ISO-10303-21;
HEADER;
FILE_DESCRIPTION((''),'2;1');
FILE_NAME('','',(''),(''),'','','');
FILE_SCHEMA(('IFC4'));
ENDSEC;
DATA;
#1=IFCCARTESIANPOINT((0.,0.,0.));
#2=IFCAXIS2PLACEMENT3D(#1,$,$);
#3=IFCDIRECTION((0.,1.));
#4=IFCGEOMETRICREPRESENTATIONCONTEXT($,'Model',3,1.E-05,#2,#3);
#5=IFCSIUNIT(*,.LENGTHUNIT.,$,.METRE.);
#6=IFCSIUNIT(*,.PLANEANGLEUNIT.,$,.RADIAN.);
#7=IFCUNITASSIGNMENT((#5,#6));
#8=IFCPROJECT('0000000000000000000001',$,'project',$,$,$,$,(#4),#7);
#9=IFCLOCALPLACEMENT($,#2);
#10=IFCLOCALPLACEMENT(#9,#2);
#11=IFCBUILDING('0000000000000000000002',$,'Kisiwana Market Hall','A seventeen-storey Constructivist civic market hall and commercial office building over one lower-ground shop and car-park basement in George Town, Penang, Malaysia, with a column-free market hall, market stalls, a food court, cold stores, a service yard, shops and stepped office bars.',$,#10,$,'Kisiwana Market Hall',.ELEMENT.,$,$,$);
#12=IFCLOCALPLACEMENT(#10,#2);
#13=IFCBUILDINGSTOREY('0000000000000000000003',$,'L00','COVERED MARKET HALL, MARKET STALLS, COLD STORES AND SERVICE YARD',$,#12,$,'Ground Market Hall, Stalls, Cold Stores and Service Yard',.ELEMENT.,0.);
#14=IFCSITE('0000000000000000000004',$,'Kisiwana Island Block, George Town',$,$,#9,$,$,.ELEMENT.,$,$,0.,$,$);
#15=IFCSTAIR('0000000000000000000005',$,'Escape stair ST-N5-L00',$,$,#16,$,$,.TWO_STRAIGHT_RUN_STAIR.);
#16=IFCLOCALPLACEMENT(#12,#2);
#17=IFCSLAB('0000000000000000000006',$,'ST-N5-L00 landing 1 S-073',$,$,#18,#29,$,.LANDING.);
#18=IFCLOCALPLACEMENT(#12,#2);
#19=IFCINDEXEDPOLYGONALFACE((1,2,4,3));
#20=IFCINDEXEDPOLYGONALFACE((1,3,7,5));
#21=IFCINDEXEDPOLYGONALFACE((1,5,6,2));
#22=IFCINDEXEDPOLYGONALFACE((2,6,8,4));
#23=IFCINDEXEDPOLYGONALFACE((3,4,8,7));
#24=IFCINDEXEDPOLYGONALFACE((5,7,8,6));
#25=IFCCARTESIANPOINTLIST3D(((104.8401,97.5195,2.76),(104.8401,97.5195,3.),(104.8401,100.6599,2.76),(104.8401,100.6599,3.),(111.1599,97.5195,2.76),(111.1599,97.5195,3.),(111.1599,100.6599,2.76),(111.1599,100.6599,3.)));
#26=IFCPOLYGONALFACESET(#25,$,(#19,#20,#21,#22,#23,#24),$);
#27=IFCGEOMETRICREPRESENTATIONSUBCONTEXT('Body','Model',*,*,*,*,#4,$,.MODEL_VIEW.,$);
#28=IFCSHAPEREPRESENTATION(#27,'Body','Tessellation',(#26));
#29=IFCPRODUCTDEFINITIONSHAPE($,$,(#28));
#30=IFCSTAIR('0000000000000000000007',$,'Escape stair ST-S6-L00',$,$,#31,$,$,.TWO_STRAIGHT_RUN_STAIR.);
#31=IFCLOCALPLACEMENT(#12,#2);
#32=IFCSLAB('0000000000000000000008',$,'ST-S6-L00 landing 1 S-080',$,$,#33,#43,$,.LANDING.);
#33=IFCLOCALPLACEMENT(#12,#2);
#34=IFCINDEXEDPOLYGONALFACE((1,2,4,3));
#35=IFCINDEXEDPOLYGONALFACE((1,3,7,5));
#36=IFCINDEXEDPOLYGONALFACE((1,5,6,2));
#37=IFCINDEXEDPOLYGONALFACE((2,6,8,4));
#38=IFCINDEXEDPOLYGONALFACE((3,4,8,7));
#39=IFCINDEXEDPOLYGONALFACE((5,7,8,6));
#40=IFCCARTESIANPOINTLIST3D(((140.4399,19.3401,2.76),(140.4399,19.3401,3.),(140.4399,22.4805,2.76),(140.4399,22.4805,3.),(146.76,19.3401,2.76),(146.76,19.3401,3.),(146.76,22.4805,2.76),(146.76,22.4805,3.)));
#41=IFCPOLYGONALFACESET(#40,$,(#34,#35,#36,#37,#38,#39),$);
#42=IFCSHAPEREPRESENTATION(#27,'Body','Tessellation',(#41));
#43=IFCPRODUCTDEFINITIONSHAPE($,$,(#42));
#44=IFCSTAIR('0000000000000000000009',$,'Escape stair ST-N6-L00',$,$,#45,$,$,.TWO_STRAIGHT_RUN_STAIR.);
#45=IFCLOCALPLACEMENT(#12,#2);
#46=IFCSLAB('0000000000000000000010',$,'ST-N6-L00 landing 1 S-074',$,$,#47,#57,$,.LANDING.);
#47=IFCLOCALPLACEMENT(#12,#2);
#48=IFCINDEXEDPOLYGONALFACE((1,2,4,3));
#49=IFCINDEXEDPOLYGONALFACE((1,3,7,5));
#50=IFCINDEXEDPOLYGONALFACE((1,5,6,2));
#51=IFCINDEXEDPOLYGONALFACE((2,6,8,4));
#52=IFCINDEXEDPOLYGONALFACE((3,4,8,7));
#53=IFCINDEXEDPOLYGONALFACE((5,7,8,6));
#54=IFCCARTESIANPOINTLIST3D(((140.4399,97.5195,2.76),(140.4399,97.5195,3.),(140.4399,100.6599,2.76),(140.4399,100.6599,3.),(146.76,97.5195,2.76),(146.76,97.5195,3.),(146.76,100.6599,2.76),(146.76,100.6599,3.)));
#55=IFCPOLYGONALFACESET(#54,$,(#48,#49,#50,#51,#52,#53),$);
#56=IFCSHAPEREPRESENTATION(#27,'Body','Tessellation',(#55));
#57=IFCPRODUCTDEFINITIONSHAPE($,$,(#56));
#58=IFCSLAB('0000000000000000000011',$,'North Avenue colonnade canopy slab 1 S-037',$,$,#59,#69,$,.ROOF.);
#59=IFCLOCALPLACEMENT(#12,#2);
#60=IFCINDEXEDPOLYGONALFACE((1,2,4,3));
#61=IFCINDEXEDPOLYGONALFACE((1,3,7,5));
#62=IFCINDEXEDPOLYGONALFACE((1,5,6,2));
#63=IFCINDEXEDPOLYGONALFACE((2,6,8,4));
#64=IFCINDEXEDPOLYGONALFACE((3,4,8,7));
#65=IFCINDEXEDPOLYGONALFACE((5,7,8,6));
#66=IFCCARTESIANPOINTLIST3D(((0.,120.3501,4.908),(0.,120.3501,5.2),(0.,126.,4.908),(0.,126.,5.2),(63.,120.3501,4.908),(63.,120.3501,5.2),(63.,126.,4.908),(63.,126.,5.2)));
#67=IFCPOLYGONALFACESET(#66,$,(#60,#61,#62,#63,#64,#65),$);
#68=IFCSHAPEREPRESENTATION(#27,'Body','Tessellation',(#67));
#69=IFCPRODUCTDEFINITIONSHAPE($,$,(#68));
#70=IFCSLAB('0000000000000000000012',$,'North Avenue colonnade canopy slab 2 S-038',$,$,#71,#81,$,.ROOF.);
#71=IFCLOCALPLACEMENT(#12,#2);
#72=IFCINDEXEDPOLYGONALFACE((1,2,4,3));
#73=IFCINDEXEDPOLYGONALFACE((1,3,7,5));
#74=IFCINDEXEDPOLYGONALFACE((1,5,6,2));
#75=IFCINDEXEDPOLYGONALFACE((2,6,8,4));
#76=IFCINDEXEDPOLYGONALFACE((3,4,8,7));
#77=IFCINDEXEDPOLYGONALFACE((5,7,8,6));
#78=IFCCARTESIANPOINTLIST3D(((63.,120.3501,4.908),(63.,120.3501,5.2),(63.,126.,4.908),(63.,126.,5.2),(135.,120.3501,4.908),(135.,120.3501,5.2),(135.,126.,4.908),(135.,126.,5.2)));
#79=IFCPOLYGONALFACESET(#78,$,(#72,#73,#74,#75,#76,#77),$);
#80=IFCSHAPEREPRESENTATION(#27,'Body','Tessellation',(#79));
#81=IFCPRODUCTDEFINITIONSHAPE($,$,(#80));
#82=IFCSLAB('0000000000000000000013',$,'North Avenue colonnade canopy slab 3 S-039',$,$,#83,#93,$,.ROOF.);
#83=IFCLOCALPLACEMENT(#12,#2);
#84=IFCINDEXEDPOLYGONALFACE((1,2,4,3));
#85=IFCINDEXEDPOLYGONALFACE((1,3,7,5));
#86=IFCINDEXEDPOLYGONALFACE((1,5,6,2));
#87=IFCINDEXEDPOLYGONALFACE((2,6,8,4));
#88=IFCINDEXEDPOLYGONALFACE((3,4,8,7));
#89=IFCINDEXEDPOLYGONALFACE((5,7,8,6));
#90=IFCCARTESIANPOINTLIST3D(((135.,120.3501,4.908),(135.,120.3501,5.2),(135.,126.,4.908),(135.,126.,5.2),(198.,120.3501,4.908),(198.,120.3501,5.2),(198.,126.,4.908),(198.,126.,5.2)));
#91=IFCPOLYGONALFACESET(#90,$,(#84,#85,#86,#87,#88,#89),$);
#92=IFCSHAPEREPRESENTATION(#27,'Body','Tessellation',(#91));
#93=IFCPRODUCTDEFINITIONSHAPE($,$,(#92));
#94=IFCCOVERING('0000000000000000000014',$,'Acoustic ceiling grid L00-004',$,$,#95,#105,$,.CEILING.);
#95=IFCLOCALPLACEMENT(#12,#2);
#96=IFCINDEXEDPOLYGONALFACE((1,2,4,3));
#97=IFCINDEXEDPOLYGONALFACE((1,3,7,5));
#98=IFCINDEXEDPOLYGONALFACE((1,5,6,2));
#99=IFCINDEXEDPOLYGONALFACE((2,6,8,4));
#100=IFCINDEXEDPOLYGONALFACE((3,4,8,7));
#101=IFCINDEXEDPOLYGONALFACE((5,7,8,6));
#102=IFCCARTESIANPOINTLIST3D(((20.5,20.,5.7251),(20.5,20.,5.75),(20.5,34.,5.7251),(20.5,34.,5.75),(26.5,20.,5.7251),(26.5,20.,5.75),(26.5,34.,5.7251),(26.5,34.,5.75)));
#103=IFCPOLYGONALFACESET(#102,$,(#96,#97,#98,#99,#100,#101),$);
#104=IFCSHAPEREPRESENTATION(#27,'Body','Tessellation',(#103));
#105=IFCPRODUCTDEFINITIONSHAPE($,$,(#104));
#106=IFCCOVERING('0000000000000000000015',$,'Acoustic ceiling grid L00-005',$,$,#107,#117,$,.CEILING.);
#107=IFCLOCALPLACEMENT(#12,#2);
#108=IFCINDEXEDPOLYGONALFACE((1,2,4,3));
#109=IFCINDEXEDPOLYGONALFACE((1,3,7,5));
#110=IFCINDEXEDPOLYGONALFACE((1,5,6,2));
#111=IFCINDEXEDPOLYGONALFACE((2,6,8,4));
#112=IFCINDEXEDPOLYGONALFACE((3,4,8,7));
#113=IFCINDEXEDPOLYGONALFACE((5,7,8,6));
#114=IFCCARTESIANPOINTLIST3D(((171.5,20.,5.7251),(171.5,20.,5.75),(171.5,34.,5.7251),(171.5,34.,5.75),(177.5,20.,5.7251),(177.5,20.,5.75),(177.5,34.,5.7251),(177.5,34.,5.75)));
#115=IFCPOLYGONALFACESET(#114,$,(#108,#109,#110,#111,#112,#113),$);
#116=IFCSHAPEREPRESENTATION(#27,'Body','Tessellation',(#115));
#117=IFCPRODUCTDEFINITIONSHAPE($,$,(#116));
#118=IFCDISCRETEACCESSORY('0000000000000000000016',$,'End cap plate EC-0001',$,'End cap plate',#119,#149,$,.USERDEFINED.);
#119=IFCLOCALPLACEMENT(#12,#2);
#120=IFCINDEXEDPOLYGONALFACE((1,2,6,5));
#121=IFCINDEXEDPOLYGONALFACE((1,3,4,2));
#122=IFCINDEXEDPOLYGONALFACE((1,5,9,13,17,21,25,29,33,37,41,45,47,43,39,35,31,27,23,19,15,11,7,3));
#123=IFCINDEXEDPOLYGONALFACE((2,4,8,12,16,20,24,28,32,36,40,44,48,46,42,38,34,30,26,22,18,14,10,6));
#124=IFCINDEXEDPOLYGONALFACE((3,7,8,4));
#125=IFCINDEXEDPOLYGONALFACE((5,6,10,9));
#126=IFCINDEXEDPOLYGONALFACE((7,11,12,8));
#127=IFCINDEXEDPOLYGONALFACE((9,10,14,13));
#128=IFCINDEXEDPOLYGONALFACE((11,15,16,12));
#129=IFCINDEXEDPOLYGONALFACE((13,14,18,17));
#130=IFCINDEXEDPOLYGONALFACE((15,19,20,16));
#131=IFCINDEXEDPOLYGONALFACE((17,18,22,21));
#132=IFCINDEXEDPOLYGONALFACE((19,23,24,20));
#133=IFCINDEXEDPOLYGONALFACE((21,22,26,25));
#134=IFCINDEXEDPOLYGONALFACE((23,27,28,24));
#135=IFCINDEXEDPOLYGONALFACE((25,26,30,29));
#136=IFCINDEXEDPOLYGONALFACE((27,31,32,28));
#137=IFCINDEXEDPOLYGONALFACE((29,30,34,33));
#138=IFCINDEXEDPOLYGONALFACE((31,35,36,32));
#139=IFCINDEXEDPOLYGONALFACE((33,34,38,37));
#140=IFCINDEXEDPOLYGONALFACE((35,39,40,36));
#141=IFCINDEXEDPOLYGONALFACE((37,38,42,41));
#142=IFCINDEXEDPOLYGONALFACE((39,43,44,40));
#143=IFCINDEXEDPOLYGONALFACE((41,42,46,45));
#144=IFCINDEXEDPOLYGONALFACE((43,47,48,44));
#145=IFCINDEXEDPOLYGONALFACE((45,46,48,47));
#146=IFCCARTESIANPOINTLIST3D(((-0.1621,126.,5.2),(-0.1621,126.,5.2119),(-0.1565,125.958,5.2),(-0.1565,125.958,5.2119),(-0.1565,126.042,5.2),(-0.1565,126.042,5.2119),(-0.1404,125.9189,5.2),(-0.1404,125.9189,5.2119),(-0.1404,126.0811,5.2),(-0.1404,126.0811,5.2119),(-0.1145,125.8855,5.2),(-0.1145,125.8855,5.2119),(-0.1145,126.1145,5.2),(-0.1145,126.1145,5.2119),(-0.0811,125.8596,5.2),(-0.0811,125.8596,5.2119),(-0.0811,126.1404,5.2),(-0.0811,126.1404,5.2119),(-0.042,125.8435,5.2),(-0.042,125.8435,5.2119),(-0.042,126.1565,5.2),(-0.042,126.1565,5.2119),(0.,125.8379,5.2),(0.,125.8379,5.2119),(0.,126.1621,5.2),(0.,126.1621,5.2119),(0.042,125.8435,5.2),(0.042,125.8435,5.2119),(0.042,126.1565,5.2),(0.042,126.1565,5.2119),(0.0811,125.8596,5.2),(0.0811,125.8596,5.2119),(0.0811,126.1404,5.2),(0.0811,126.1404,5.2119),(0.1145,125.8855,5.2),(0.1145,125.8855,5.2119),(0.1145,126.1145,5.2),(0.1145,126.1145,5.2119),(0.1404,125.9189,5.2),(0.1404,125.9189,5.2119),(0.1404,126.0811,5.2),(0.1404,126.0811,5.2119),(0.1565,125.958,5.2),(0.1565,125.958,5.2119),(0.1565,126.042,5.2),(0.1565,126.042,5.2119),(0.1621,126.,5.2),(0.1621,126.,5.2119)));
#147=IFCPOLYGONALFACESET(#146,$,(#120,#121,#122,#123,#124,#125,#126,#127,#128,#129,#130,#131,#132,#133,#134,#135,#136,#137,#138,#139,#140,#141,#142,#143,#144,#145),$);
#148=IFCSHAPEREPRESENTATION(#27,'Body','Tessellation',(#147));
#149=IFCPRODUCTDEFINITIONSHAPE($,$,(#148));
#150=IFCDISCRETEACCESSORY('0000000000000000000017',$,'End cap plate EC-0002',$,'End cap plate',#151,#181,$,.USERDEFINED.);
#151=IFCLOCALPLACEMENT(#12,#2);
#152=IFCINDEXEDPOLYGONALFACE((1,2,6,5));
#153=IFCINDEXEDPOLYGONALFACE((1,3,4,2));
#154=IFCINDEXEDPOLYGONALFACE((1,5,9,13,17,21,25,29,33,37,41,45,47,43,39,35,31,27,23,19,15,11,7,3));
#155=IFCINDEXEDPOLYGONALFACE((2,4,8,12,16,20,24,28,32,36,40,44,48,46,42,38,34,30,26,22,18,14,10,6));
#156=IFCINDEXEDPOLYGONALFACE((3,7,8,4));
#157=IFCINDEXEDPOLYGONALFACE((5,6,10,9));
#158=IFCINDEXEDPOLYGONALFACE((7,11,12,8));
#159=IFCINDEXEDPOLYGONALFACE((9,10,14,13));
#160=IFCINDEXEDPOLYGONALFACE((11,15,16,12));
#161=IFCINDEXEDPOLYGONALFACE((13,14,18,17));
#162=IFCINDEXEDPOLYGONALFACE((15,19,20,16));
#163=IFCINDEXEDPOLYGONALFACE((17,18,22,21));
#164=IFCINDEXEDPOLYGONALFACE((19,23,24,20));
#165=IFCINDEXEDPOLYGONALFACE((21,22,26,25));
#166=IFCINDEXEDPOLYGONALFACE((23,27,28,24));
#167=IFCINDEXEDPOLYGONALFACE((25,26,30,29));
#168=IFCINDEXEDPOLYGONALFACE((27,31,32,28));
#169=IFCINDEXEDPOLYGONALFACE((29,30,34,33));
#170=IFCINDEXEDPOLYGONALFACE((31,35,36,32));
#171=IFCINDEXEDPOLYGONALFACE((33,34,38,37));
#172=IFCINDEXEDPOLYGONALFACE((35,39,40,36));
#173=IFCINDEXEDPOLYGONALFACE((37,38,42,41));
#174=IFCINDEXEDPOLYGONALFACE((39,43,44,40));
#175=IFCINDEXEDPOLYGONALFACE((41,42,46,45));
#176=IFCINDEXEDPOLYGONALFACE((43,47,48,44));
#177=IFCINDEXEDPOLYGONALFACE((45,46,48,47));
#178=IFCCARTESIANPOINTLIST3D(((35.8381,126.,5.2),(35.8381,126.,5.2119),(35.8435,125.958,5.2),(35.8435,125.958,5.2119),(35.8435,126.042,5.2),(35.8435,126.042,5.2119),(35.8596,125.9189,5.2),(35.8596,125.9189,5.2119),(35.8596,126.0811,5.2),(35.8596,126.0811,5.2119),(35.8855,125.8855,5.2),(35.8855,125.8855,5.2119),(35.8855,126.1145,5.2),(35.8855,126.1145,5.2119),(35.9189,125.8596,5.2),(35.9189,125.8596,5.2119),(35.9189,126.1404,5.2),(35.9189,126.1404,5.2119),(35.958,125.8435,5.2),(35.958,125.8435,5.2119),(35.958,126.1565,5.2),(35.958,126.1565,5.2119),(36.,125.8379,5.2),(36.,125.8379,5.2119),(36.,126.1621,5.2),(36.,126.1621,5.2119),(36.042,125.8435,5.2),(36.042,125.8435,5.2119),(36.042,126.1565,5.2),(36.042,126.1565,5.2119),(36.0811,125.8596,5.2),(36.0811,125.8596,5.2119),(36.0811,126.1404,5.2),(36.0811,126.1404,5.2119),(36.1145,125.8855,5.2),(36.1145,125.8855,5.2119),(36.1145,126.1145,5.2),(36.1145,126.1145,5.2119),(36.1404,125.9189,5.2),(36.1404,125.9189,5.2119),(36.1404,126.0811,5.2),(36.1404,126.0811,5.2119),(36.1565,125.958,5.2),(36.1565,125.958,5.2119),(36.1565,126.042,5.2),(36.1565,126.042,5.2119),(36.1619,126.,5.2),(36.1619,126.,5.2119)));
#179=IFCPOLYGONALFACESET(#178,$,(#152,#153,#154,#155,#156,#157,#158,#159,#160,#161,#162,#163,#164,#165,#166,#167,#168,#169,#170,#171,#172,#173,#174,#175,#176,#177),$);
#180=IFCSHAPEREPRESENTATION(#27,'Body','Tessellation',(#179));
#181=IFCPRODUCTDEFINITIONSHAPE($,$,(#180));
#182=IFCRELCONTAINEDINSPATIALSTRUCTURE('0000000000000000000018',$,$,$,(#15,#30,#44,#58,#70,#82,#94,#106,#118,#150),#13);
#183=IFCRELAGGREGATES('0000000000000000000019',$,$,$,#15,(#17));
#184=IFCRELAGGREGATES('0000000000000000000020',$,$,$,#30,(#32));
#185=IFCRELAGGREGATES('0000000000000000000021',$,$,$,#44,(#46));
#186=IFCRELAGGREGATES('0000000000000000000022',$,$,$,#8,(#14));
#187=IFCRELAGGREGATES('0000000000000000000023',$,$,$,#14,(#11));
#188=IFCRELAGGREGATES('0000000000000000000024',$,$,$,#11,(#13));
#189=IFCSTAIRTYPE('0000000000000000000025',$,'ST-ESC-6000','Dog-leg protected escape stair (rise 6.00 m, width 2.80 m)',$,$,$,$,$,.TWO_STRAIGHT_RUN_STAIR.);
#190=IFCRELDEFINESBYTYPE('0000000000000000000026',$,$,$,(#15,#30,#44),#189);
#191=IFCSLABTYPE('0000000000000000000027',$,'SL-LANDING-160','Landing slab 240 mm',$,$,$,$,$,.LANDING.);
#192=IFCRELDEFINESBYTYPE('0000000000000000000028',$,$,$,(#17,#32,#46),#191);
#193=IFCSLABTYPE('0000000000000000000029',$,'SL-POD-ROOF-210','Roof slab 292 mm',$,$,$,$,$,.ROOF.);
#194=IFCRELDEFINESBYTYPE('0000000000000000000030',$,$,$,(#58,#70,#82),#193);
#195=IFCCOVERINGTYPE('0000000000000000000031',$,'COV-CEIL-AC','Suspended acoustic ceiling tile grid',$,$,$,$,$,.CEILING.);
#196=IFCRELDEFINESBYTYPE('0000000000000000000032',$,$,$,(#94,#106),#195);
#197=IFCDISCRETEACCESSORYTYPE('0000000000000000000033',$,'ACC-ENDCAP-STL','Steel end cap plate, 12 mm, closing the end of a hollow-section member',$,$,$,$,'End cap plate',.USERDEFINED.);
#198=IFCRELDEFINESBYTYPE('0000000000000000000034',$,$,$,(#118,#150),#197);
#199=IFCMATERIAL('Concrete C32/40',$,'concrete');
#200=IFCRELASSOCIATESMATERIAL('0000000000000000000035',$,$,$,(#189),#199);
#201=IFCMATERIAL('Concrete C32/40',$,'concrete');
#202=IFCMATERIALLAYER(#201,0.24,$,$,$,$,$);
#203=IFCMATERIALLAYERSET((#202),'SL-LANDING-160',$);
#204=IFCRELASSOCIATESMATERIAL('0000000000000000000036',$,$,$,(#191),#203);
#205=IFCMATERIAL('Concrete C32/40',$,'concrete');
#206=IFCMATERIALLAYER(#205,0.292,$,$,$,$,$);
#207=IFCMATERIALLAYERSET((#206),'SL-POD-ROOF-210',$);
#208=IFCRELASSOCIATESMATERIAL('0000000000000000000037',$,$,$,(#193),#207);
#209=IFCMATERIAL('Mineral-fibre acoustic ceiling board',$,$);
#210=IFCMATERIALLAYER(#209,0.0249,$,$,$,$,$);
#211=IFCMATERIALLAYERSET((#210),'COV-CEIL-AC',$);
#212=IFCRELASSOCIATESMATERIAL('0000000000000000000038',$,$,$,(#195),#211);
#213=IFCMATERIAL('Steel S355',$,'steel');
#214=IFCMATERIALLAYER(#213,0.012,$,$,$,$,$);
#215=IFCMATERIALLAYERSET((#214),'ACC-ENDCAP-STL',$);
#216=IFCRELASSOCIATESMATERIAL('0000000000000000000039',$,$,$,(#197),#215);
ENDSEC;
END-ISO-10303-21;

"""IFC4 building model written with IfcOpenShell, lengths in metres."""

from ifc_helpers import new_model, si_unit, direction, frame, origin, place, context, subcontext, project, spatial, polyline, outline, extrude, material, layer, layer_set, type_object, element, aggregate, save


model = new_model("IFC4")

# Units and contexts
model_context = context("Model", 3, precision=1e-05, world=origin(), true_north=direction((0.0, 1.0)))
body_context = subcontext(model_context, "Body", "Model", "MODEL_VIEW")
ifc_project = project(units=[si_unit("LENGTHUNIT", "METRE"), si_unit("PLANEANGLEUNIT", "RADIAN")], contexts=[model_context])

# Site, building, storey
site_placement = place(None, origin())
site = spatial("IfcSite", under=ifc_project, at=site_placement, Name="Kisiwana Island Block, George Town", CompositionType="ELEMENT", RefElevation=0.0)
building_placement = place(site_placement, origin())
building = spatial("IfcBuilding", under=site, at=building_placement, Name="Kisiwana Market Hall", Description="A seventeen-storey Constructivist civic market hall and commercial office building over one lower-ground shop and car-park basement in George Town, Penang, Malaysia, with a column-free market hall, market stalls, a food court, cold stores, a service yard, shops and stepped office bars.", LongName="Kisiwana Market Hall", CompositionType="ELEMENT")
storey_placement = place(building_placement, origin())
storey = spatial("IfcBuildingStorey", under=building, at=storey_placement, Name="L00", Description="COVERED MARKET HALL, MARKET STALLS, COLD STORES AND SERVICE YARD", LongName="Ground Market Hall, Stalls, Cold Stores and Service Yard", CompositionType="ELEMENT", Elevation=0.0)

# Stairs, slabs
ifc_material_1 = material(Name="Concrete C32/40", Category="concrete")
stair_type = type_object("IfcStairType", Name="ST-ESC-6000", Description="Dog-leg protected escape stair (rise 6.00 m, width 2.80 m)", PredefinedType="TWO_STRAIGHT_RUN_STAIR", material=ifc_material_1)
ifc_material_2 = material(Name="Concrete C32/40", Category="concrete")
ifc_layer_1 = layer(ifc_material_2, 0.24)
ifc_layer_set_1 = layer_set([ifc_layer_1], Name="SL-LANDING-160")
slab_type_1 = type_object("IfcSlabType", Name="SL-LANDING-160", Description="Landing slab 240 mm", PredefinedType="LANDING", material=ifc_layer_set_1)
stair_1_placement = place(storey_placement, origin())
stair_1 = element("IfcStair", 1, at=stair_1_placement, inside=storey, type_object=stair_type, Name="Escape stair ST-N5-L00", PredefinedType="TWO_STRAIGHT_RUN_STAIR")
slab_1_placement = place(storey_placement, frame((0.0, 0.0, 2.76)))
slab_1 = element("IfcSlab", 2, at=slab_1_placement, type_object=slab_type_1, Name="ST-N5-L00 landing 1 S-073", PredefinedType="LANDING", context=body_context, shape_type="SweptSolid", body=[
    extrude(outline(polyline([(104.8401, 97.5195), (111.1599, 97.5195), (111.1599, 100.6599), (104.8401, 100.6599), (104.8401, 97.5195)])), origin(), (0.0, 0.0, 1.0), 0.24),
])
aggregate(stair_1, [slab_1])
stair_2_placement = place(storey_placement, origin())
stair_2 = element("IfcStair", 3, at=stair_2_placement, inside=storey, type_object=stair_type, Name="Escape stair ST-S6-L00", PredefinedType="TWO_STRAIGHT_RUN_STAIR")
slab_2_placement = place(storey_placement, frame((0.0, 0.0, 2.76)))
slab_2 = element("IfcSlab", 4, at=slab_2_placement, type_object=slab_type_1, Name="ST-S6-L00 landing 1 S-080", PredefinedType="LANDING", context=body_context, shape_type="SweptSolid", body=[
    extrude(outline(polyline([(140.4399, 19.3401), (146.76, 19.3401), (146.76, 22.4805), (140.4399, 22.4805), (140.4399, 19.3401)])), origin(), (0.0, 0.0, 1.0), 0.24),
])
aggregate(stair_2, [slab_2])
stair_3_placement = place(storey_placement, origin())
stair_3 = element("IfcStair", 5, at=stair_3_placement, inside=storey, type_object=stair_type, Name="Escape stair ST-N6-L00", PredefinedType="TWO_STRAIGHT_RUN_STAIR")
slab_3_placement = place(storey_placement, frame((0.0, 0.0, 2.76)))
slab_3 = element("IfcSlab", 6, at=slab_3_placement, type_object=slab_type_1, Name="ST-N6-L00 landing 1 S-074", PredefinedType="LANDING", context=body_context, shape_type="SweptSolid", body=[
    extrude(outline(polyline([(140.4399, 97.5195), (146.76, 97.5195), (146.76, 100.6599), (140.4399, 100.6599), (140.4399, 97.5195)])), origin(), (0.0, 0.0, 1.0), 0.24),
])
aggregate(stair_3, [slab_3])

# Slabs
ifc_material_3 = material(Name="Concrete C32/40", Category="concrete")
ifc_layer_2 = layer(ifc_material_3, 0.292)
ifc_layer_set_2 = layer_set([ifc_layer_2], Name="SL-POD-ROOF-210")
slab_type_2 = type_object("IfcSlabType", Name="SL-POD-ROOF-210", Description="Roof slab 292 mm", PredefinedType="ROOF", material=ifc_layer_set_2)
slab_4_placement = place(storey_placement, frame((0.0, 0.0, 4.908)))
element("IfcSlab", 7, at=slab_4_placement, inside=storey, type_object=slab_type_2, Name="North Avenue colonnade canopy slab 1 S-037", PredefinedType="ROOF", context=body_context, shape_type="SweptSolid", body=[
    extrude(outline(polyline([(0.0, 120.3501), (63.0, 120.3501), (63.0, 126.0), (0.0, 126.0), (0.0, 120.3501)])), origin(), (0.0, 0.0, 1.0), 0.292),
])
slab_5_placement = place(storey_placement, frame((0.0, 0.0, 4.908)))
element("IfcSlab", 8, at=slab_5_placement, inside=storey, type_object=slab_type_2, Name="North Avenue colonnade canopy slab 2 S-038", PredefinedType="ROOF", context=body_context, shape_type="SweptSolid", body=[
    extrude(outline(polyline([(63.0, 120.3501), (135.0, 120.3501), (135.0, 126.0), (63.0, 126.0), (63.0, 120.3501)])), origin(), (0.0, 0.0, 1.0), 0.292),
])
slab_6_placement = place(storey_placement, frame((0.0, 0.0, 4.908)))
element("IfcSlab", 9, at=slab_6_placement, inside=storey, type_object=slab_type_2, Name="North Avenue colonnade canopy slab 3 S-039", PredefinedType="ROOF", context=body_context, shape_type="SweptSolid", body=[
    extrude(outline(polyline([(135.0, 120.3501), (198.0, 120.3501), (198.0, 126.0), (135.0, 126.0), (135.0, 120.3501)])), origin(), (0.0, 0.0, 1.0), 0.292),
])

# Coverings
ifc_material_4 = material(Name="Mineral-fibre acoustic ceiling board")
ifc_layer_3 = layer(ifc_material_4, 0.0249)
ifc_layer_set_3 = layer_set([ifc_layer_3], Name="COV-CEIL-AC")
covering_type = type_object("IfcCoveringType", Name="COV-CEIL-AC", Description="Suspended acoustic ceiling tile grid", PredefinedType="CEILING", material=ifc_layer_set_3)
covering_1_placement = place(storey_placement, frame((0.0, 0.0, 5.7251)))
element("IfcCovering", 10, at=covering_1_placement, inside=storey, type_object=covering_type, Name="Acoustic ceiling grid L00-004", PredefinedType="CEILING", context=body_context, shape_type="SweptSolid", body=[
    extrude(outline(polyline([(20.5, 20.0), (26.5, 20.0), (26.5, 34.0), (20.5, 34.0), (20.5, 20.0)])), origin(), (0.0, 0.0, 1.0), 0.0249),
])
covering_2_placement = place(storey_placement, frame((0.0, 0.0, 5.7251)))
element("IfcCovering", 11, at=covering_2_placement, inside=storey, type_object=covering_type, Name="Acoustic ceiling grid L00-005", PredefinedType="CEILING", context=body_context, shape_type="SweptSolid", body=[
    extrude(outline(polyline([(171.5, 20.0), (177.5, 20.0), (177.5, 34.0), (171.5, 34.0), (171.5, 20.0)])), origin(), (0.0, 0.0, 1.0), 0.0249),
])

# Discrete accessories
ifc_material_5 = material(Name="Steel S355", Category="steel")
ifc_layer_4 = layer(ifc_material_5, 0.012)
ifc_layer_set_4 = layer_set([ifc_layer_4], Name="ACC-ENDCAP-STL")
discrete_accessory_type = type_object("IfcDiscreteAccessoryType", Name="ACC-ENDCAP-STL", Description="Steel end cap plate, 12 mm, closing the end of a hollow-section member", ElementType="End cap plate", PredefinedType="USERDEFINED", material=ifc_layer_set_4)
discrete_accessory_1_placement = place(storey_placement, frame((0.0, 0.0, 5.2)))
element("IfcDiscreteAccessory", 12, at=discrete_accessory_1_placement, inside=storey, type_object=discrete_accessory_type, Name="End cap plate EC-0001", ObjectType="End cap plate", PredefinedType="USERDEFINED", context=body_context, shape_type="SweptSolid", body=[
    extrude(outline(polyline([(0.1621, 126.0), (0.1565, 126.042), (0.1404, 126.0811), (0.1145, 126.1145), (0.0811, 126.1404), (0.042, 126.1565), (0.0, 126.1621), (-0.042, 126.1565), (-0.0811, 126.1404), (-0.1145, 126.1145), (-0.1404, 126.0811), (-0.1565, 126.042), (-0.1621, 126.0), (-0.1565, 125.958), (-0.1404, 125.9189), (-0.1145, 125.8855), (-0.0811, 125.8596), (-0.042, 125.8435), (0.0, 125.8379), (0.042, 125.8435), (0.0811, 125.8596), (0.1145, 125.8855), (0.1404, 125.9189), (0.1565, 125.958), (0.1621, 126.0)])), origin(), (0.0, 0.0, 1.0), 0.012),
])
discrete_accessory_2_placement = place(storey_placement, frame((0.0, 0.0, 5.2)))
element("IfcDiscreteAccessory", 13, at=discrete_accessory_2_placement, inside=storey, type_object=discrete_accessory_type, Name="End cap plate EC-0002", ObjectType="End cap plate", PredefinedType="USERDEFINED", context=body_context, shape_type="SweptSolid", body=[
    extrude(outline(polyline([(36.1619, 126.0), (36.1565, 126.042), (36.1404, 126.0811), (36.1145, 126.1145), (36.0811, 126.1404), (36.042, 126.1565), (36.0, 126.1621), (35.958, 126.1565), (35.9189, 126.1404), (35.8855, 126.1145), (35.8596, 126.0811), (35.8435, 126.042), (35.8381, 126.0), (35.8435, 125.958), (35.8596, 125.9189), (35.8855, 125.8855), (35.9189, 125.8596), (35.958, 125.8435), (36.0, 125.8379), (36.042, 125.8435), (36.0811, 125.8596), (36.1145, 125.8855), (36.1404, 125.9189), (36.1565, 125.958), (36.1619, 126.0)])), origin(), (0.0, 0.0, 1.0), 0.012),
])

save(model, "model.ifc")
